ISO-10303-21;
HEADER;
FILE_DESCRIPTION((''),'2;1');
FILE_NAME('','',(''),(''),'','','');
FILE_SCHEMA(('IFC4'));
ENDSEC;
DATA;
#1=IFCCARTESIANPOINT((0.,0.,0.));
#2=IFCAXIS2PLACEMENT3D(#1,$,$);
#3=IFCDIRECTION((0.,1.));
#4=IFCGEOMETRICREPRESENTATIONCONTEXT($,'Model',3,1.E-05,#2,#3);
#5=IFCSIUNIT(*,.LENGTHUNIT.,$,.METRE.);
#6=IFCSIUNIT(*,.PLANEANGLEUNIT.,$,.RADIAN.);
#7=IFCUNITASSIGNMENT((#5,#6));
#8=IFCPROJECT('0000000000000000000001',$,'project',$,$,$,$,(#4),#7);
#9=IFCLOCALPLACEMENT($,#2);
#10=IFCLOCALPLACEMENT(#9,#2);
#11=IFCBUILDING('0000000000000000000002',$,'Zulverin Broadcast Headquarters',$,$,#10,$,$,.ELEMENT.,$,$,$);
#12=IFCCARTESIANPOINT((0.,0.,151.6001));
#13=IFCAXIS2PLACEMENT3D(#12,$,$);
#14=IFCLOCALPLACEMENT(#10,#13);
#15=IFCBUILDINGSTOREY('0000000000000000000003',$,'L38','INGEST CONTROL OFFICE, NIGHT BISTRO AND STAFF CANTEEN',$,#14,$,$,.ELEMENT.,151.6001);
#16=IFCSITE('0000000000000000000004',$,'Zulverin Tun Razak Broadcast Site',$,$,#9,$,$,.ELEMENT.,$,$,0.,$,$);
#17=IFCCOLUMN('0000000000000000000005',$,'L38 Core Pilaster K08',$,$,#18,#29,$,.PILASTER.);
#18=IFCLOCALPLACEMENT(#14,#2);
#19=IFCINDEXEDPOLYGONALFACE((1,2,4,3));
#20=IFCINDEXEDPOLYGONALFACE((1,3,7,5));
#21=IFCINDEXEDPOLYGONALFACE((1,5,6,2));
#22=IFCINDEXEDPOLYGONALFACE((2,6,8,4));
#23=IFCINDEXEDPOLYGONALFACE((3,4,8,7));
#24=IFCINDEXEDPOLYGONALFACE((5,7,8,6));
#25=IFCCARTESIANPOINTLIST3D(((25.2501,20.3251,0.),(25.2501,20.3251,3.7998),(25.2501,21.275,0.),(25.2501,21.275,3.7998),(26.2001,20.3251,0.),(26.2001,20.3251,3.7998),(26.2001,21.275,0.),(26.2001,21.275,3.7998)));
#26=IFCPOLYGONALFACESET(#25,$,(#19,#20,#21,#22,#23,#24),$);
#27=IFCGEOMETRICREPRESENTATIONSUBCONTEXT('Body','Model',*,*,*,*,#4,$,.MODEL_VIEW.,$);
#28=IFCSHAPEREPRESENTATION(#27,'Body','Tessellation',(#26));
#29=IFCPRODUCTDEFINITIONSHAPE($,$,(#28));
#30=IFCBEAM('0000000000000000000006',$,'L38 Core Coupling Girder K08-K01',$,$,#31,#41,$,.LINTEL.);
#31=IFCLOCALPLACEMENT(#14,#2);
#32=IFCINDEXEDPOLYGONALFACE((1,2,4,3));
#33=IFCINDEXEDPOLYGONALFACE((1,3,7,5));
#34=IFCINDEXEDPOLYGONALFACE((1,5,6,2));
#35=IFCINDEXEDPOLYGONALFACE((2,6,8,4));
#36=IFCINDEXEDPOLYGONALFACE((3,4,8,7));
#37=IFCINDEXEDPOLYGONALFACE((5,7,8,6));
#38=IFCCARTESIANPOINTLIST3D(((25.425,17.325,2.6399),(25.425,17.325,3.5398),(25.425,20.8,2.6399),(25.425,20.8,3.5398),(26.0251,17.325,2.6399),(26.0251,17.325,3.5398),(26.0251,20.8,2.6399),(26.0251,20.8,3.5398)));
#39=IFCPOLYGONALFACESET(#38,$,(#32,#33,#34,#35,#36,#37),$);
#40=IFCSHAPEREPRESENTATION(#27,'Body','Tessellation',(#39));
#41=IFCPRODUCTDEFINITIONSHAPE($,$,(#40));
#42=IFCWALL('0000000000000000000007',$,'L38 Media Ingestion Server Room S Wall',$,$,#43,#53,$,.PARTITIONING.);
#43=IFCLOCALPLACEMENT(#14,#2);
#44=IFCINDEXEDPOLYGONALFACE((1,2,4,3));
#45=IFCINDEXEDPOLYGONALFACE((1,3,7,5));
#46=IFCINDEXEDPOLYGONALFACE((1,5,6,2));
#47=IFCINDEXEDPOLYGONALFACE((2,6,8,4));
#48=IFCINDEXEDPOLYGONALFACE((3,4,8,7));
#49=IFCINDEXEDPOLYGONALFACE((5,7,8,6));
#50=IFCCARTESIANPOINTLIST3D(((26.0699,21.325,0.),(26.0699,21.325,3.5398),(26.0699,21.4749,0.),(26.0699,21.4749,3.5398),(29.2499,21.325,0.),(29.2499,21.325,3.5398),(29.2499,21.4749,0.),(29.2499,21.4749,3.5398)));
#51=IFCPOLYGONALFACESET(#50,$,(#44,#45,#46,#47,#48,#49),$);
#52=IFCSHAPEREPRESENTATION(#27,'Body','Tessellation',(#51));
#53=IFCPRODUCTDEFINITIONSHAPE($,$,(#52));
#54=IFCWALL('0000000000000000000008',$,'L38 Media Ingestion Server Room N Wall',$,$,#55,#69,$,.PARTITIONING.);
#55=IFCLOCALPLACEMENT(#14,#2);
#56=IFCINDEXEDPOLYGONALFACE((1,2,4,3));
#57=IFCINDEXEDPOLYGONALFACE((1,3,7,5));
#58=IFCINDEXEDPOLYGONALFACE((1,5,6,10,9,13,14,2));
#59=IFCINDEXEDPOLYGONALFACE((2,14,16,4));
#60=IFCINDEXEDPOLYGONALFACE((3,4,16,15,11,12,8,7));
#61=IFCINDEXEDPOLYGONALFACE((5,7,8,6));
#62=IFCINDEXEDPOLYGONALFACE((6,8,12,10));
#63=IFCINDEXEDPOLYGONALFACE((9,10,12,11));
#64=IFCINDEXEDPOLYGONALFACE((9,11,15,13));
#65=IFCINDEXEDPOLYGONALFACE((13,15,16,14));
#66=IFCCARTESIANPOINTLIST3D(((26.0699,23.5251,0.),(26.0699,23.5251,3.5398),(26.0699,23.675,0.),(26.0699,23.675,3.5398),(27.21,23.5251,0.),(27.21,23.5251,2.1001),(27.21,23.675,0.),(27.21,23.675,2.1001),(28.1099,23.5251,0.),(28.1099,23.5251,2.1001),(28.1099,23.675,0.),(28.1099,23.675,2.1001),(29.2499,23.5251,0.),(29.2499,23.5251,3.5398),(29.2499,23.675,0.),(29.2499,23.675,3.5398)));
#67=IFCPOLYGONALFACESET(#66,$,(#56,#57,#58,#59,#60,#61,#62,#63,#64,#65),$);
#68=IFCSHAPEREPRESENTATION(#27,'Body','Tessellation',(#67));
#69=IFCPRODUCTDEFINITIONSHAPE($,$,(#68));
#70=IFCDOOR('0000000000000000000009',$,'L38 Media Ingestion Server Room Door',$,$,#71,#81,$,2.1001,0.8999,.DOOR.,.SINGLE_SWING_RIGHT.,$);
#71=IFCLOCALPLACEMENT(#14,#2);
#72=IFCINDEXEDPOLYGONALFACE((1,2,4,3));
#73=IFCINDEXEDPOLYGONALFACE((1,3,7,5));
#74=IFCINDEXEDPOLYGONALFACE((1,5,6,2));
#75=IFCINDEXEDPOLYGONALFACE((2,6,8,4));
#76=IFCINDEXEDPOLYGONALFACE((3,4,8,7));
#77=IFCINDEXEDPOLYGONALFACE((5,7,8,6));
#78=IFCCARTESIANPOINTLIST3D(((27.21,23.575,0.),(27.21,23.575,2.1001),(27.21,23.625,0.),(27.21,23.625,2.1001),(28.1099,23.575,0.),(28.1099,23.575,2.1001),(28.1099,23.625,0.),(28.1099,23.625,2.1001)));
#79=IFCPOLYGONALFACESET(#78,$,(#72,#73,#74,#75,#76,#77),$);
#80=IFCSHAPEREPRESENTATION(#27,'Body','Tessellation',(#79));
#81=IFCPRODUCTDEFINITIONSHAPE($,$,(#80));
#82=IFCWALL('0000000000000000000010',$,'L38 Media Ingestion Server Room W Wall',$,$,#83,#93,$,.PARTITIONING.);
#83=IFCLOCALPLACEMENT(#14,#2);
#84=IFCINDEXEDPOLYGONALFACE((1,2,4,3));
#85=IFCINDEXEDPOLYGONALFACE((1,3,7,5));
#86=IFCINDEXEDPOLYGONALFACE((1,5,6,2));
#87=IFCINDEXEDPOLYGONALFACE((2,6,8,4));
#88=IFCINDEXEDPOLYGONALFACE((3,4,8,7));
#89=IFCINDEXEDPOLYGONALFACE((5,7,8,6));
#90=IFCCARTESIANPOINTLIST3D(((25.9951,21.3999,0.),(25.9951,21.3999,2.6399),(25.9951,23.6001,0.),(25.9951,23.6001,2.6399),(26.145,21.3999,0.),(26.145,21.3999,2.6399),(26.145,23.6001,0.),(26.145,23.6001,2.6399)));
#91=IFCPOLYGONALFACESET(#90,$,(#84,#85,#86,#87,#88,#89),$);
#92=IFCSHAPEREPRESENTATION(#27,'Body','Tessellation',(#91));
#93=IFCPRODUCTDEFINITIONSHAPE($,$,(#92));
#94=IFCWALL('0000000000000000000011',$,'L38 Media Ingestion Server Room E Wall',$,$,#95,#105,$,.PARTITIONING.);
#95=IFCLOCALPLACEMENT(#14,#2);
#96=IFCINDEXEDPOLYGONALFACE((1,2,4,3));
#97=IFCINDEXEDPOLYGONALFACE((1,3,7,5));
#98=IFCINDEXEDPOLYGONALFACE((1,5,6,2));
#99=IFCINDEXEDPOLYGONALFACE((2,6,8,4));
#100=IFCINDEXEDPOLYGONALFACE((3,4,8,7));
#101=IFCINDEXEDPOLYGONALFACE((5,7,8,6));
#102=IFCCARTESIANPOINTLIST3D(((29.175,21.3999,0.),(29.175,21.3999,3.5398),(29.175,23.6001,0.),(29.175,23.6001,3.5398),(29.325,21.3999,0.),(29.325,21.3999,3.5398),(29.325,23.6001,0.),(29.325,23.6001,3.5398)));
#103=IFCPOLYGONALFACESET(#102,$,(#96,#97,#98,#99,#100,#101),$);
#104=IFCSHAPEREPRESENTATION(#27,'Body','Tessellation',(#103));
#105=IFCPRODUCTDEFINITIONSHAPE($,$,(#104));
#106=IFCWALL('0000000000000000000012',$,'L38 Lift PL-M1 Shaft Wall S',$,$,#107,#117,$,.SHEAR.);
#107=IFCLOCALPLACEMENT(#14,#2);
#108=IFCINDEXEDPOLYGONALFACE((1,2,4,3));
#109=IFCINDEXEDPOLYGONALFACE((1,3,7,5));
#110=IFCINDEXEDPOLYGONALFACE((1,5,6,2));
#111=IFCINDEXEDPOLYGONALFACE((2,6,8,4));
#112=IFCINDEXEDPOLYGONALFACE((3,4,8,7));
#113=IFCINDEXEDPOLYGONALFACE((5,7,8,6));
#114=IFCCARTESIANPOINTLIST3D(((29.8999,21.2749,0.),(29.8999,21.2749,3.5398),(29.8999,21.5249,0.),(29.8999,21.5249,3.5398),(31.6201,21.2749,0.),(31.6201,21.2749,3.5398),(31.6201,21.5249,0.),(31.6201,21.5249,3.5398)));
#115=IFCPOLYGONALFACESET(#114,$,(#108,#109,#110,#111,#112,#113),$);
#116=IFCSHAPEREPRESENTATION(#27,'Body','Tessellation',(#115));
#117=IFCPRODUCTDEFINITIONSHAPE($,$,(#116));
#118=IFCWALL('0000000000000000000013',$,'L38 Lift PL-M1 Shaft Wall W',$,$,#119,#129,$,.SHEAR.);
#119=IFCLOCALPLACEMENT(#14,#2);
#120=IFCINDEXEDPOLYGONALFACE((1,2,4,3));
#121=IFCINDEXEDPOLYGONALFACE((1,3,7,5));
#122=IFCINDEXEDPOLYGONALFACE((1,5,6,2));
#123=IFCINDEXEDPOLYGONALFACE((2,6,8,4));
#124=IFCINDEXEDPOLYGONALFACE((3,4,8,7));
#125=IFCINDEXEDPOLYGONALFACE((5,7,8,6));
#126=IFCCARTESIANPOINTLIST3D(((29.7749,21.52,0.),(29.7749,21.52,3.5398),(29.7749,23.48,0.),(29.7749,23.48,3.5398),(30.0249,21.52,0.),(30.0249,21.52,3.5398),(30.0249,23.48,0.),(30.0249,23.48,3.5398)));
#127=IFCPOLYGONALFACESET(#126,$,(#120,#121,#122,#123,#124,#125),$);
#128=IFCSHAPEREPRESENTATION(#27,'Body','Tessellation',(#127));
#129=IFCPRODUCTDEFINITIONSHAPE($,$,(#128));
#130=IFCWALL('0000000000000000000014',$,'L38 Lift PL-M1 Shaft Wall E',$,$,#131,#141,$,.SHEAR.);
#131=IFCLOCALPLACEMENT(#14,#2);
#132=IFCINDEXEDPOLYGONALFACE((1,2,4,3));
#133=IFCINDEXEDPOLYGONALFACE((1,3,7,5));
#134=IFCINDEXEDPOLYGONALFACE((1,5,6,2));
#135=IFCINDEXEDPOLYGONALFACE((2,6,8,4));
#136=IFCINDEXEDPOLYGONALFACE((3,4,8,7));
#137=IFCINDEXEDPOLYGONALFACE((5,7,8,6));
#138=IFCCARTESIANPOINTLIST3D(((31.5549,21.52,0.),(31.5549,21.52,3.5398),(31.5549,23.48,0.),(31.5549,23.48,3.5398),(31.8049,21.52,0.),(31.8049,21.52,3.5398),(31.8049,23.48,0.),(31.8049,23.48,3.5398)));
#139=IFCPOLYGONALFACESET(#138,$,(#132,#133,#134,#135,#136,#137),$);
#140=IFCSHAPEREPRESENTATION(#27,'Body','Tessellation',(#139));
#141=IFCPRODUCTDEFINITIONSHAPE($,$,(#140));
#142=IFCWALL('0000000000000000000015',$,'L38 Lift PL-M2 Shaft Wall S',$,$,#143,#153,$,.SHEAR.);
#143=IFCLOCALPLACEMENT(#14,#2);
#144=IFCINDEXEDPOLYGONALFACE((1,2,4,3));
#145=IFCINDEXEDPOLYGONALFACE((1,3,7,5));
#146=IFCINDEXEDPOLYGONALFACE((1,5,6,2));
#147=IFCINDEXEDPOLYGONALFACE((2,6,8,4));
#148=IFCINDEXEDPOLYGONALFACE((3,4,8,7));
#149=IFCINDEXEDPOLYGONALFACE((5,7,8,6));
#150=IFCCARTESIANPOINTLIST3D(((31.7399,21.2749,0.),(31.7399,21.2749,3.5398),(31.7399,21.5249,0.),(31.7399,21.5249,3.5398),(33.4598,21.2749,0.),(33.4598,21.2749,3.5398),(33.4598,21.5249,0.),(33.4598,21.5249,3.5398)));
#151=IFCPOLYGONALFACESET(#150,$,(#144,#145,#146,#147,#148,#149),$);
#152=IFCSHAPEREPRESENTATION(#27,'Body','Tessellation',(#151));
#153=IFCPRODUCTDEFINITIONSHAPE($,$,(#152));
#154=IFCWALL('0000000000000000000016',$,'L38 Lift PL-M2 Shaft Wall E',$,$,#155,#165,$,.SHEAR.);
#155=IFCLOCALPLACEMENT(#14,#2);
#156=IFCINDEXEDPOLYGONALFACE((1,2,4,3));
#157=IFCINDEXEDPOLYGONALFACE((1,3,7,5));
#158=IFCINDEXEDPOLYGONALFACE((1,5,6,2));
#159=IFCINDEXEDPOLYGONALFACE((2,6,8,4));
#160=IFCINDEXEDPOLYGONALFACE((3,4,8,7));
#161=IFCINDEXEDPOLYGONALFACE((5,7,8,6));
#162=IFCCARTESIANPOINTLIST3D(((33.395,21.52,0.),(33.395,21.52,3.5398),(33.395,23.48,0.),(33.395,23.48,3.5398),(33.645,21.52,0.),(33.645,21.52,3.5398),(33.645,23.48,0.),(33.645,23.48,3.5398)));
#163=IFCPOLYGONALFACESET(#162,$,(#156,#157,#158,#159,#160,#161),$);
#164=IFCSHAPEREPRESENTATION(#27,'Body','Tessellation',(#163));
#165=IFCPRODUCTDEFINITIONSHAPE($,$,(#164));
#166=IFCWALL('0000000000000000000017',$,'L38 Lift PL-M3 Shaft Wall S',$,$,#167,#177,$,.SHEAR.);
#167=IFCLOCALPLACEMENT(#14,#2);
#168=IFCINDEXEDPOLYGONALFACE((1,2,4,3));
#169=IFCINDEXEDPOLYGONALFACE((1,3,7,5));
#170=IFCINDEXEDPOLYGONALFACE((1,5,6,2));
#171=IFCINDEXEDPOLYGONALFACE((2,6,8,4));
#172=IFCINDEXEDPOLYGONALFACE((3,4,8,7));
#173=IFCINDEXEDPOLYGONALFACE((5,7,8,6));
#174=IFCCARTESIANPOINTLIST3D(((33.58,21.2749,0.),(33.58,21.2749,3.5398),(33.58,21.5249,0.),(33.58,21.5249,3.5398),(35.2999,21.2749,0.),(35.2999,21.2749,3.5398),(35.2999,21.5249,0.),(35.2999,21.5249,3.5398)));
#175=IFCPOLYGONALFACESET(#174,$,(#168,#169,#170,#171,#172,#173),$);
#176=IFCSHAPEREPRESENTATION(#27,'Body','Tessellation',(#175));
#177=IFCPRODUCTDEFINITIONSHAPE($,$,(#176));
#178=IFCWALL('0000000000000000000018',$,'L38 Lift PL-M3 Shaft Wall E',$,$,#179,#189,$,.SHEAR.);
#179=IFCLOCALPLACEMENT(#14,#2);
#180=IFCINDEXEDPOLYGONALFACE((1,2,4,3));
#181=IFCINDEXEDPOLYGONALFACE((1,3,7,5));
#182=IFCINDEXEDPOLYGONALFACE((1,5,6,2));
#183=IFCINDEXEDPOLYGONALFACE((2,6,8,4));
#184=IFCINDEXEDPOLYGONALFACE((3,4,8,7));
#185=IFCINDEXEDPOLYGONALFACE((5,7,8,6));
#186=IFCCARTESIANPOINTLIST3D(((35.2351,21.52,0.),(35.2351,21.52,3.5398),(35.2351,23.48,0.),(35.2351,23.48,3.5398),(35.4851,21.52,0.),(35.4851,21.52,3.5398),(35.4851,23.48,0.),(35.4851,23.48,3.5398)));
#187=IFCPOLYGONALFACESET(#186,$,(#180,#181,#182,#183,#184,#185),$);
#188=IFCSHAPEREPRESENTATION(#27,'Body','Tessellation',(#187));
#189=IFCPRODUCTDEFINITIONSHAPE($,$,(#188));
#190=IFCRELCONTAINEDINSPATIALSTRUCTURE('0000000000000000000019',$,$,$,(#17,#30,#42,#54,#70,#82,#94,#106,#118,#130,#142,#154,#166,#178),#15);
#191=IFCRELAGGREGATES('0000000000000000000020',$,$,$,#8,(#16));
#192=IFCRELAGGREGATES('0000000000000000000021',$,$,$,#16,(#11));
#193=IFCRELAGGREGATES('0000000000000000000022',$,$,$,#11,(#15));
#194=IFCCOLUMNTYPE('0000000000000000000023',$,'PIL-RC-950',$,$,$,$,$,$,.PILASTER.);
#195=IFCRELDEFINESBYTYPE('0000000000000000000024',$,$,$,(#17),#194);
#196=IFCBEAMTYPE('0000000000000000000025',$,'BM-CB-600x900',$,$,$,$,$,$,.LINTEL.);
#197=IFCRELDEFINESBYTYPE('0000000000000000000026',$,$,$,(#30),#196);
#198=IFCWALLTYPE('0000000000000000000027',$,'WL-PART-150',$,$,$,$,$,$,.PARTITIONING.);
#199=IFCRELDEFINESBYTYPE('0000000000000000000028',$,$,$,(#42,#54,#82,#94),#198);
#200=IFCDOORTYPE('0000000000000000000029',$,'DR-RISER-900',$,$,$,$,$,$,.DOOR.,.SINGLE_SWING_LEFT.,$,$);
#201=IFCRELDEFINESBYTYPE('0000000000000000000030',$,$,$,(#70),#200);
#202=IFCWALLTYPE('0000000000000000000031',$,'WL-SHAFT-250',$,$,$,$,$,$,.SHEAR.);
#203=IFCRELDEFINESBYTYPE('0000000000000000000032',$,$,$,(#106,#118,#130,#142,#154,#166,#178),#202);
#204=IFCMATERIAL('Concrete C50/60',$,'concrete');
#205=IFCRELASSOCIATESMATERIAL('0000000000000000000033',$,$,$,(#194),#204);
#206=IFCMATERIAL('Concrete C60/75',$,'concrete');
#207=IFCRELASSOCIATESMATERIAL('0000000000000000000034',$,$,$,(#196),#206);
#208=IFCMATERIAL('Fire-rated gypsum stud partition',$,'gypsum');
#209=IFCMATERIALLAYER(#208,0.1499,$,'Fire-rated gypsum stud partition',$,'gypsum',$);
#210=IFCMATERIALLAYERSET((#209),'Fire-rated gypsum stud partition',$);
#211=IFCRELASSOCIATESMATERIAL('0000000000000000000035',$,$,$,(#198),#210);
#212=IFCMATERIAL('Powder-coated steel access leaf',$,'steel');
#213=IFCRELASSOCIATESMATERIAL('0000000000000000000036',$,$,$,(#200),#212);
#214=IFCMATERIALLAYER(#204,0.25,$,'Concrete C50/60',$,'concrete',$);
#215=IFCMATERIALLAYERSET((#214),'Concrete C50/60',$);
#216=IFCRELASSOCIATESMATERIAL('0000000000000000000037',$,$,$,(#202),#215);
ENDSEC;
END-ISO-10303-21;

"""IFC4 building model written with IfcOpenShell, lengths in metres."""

from ifc_helpers import new_model, si_unit, direction, frame, frame_2d, origin, origin_2d, place, context, subcontext, project, spatial, rectangle, extrude, material, layer, layer_set, material_profile, profile_set, type_object, element, fill, save


model = new_model("IFC4")

# Units and contexts
model_context = context("Model", 3, precision=1e-05, world=origin(), true_north=direction((0.0, 1.0)))
body_context = subcontext(model_context, "Body", "Model", "MODEL_VIEW")
ifc_project = project(units=[si_unit("LENGTHUNIT", "METRE"), si_unit("PLANEANGLEUNIT", "RADIAN")], contexts=[model_context])

# Site, building, storey
site_placement = place(None, origin())
site = spatial("IfcSite", under=ifc_project, at=site_placement, Name="Zulverin Tun Razak Broadcast Site", CompositionType="ELEMENT", RefElevation=0.0)
building_placement = place(site_placement, origin())
building = spatial("IfcBuilding", under=site, at=building_placement, Name="Zulverin Broadcast Headquarters", CompositionType="ELEMENT")
storey_placement = place(building_placement, frame((0.0, 0.0, 151.6001)))
storey = spatial("IfcBuildingStorey", under=building, at=storey_placement, Name="L38", Description="INGEST CONTROL OFFICE, NIGHT BISTRO AND STAFF CANTEEN", CompositionType="ELEMENT", Elevation=151.6001)

# Column
ifc_material_1 = material(Name="Concrete C50/60", Category="concrete")
ifc_material_profile_1 = material_profile(ifc_material_1, rectangle(XDim=0.95, YDim=0.95, at=origin_2d()), Name="Concrete C50/60", Category="concrete")
ifc_profile_set_1 = profile_set([ifc_material_profile_1], Name="Concrete C50/60")
column_type = type_object("IfcColumnType", Name="PIL-RC-950", PredefinedType="PILASTER", material=ifc_profile_set_1)
column_placement = place(storey_placement, frame((25.7251, 20.8, 0.0), z_axis=(0.0, 0.0, 1.0), x_axis=(1.0, 0.0, 0.0)))
element("IfcColumn", 1, at=column_placement, inside=storey, type_object=column_type, Name="L38 Core Pilaster K08", PredefinedType="PILASTER", context=body_context, shape_type="SweptSolid", body=[
    extrude(rectangle(XDim=0.95, YDim=0.95, at=origin_2d()), origin(), (0.0, 0.0, 1.0), 3.7998),
])

# Beam
ifc_material_2 = material(Name="Concrete C60/75", Category="concrete")
ifc_material_profile_2 = material_profile(ifc_material_2, rectangle(XDim=0.6001, YDim=0.8999, at=origin_2d()), Name="Concrete C60/75", Category="concrete")
ifc_profile_set_2 = profile_set([ifc_material_profile_2], Name="Concrete C60/75")
beam_type = type_object("IfcBeamType", Name="BM-CB-600x900", PredefinedType="LINTEL", material=ifc_profile_set_2)
beam_placement = place(storey_placement, frame((25.7251, 20.8, 3.0898), z_axis=(0.0, -1.0, 0.0), x_axis=(1.0, 0.0, 0.0)))
element("IfcBeam", 2, at=beam_placement, inside=storey, type_object=beam_type, Name="L38 Core Coupling Girder K08-K01", PredefinedType="LINTEL", context=body_context, shape_type="SweptSolid", body=[
    extrude(rectangle(XDim=0.6001, YDim=0.8999, at=origin_2d()), origin(), (0.0, 0.0, 1.0), 3.4751),
])

# Wall
ifc_material_3 = material(Name="Fire-rated gypsum stud partition", Category="gypsum")
ifc_layer_1 = layer(ifc_material_3, 0.1499, Name="Fire-rated gypsum stud partition", Category="gypsum")
ifc_layer_set_1 = layer_set([ifc_layer_1], Name="Fire-rated gypsum stud partition")
wall_type_1 = type_object("IfcWallType", Name="WL-PART-150", PredefinedType="PARTITIONING", material=ifc_layer_set_1)
wall_1_placement = place(storey_placement, frame((26.0701, 21.3999, 0.0), z_axis=(0.0, 0.0, 1.0), x_axis=(1.0, 0.0, 0.0)))
element("IfcWall", 3, at=wall_1_placement, inside=storey, type_object=wall_type_1, Name="L38 Media Ingestion Server Room S Wall", PredefinedType="PARTITIONING", context=body_context, shape_type="SweptSolid", body=[
    extrude(rectangle(XDim=3.1799, YDim=0.1499, at=frame_2d((1.5898, 0.0))), origin(), (0.0, 0.0, 1.0), 3.5398),
])

# Wall, opening, door
wall_2_placement = place(storey_placement, frame((26.0701, 23.6001, 0.0), z_axis=(0.0, 0.0, 1.0), x_axis=(1.0, 0.0, 0.0)))
wall_2 = element("IfcWall", 4, at=wall_2_placement, inside=storey, type_object=wall_type_1, Name="L38 Media Ingestion Server Room N Wall", PredefinedType="PARTITIONING", context=body_context, shape_type="SweptSolid", body=[
    extrude(rectangle(XDim=3.1799, YDim=0.1499, at=frame_2d((1.5898, 0.0))), origin(), (0.0, 0.0, 1.0), 3.5398),
])
opening_1_placement = place(wall_2_placement, frame((1.1399, 0.0, 0.0)))
opening_1 = element("IfcOpeningElement", 5, at=opening_1_placement, cuts=wall_2, PredefinedType="OPENING", context=body_context, shape_type="SweptSolid", body=[
    extrude(rectangle(XDim=0.8999, YDim=2.1001, at=frame_2d((0.45, 1.05))), frame((0.0, 0.085, 0.0), z_axis=(0.0, -1.0, 0.0), x_axis=(1.0, 0.0, 0.0)), (0.0, 0.0, 1.0), 0.1699),
])
ifc_material_4 = material(Name="Powder-coated steel access leaf", Category="steel")
door_type_1 = type_object("IfcDoorType", Name="DR-RISER-900", OperationType="SINGLE_SWING_LEFT", PredefinedType="DOOR", material=ifc_material_4)
door_1_placement = place(opening_1_placement, origin())
door_1 = element("IfcDoor", 6, at=door_1_placement, inside=storey, type_object=door_type_1, Name="L38 Media Ingestion Server Room Door", OperationType="SINGLE_SWING_RIGHT", OverallHeight=2.1001, OverallWidth=0.8999, PredefinedType="DOOR", context=body_context, shape_type="SweptSolid", body=[
    extrude(rectangle(XDim=0.8999, YDim=2.1001, at=frame_2d((0.45, 1.05))), frame((0.0, 0.0249, 0.0), z_axis=(0.0, -1.0, 0.0), x_axis=(1.0, 0.0, 0.0)), (0.0, 0.0, 1.0), 0.05),
])
fill(opening_1, door_1)

# Walls
wall_3_placement = place(storey_placement, frame((26.0701, 21.3999, 0.0), z_axis=(0.0, 0.0, 1.0), x_axis=(0.0, 1.0, 0.0)))
element("IfcWall", 7, at=wall_3_placement, inside=storey, type_object=wall_type_1, Name="L38 Media Ingestion Server Room W Wall", PredefinedType="PARTITIONING", context=body_context, shape_type="SweptSolid", body=[
    extrude(rectangle(XDim=2.2002, YDim=0.1499, at=frame_2d((1.1001, 0.0))), origin(), (0.0, 0.0, 1.0), 2.6399),
])
wall_4_placement = place(storey_placement, frame((29.25, 21.3999, 0.0), z_axis=(0.0, 0.0, 1.0), x_axis=(0.0, 1.0, 0.0)))
element("IfcWall", 8, at=wall_4_placement, inside=storey, type_object=wall_type_1, Name="L38 Media Ingestion Server Room E Wall", PredefinedType="PARTITIONING", context=body_context, shape_type="SweptSolid", body=[
    extrude(rectangle(XDim=2.2002, YDim=0.1499, at=frame_2d((1.1001, 0.0))), origin(), (0.0, 0.0, 1.0), 3.5398),
])
ifc_layer_2 = layer(ifc_material_1, 0.25, Name="Concrete C50/60", Category="concrete")
ifc_layer_set_2 = layer_set([ifc_layer_2], Name="Concrete C50/60")
wall_type_2 = type_object("IfcWallType", Name="WL-SHAFT-250", PredefinedType="SHEAR", material=ifc_layer_set_2)
wall_5_placement = place(storey_placement, frame((29.8999, 21.3999, 0.0), z_axis=(0.0, 0.0, 1.0), x_axis=(1.0, 0.0, 0.0)))
element("IfcWall", 9, at=wall_5_placement, inside=storey, type_object=wall_type_2, Name="L38 Lift PL-M1 Shaft Wall S", PredefinedType="SHEAR", context=body_context, shape_type="SweptSolid", body=[
    extrude(rectangle(XDim=1.7202, YDim=0.25, at=frame_2d((0.8601, 0.0))), origin(), (0.0, 0.0, 1.0), 3.5398),
])

# Walls
for number, where, z_axis, x_axis, name in (
    (10, (29.8999, 21.52, 0.0), (0.0, 0.0, 1.0), (0.0, 1.0, 0.0), "L38 Lift PL-M1 Shaft Wall W"),
    (11, (31.6799, 21.52, 0.0), (0.0, 0.0, 1.0), (0.0, 1.0, 0.0), "L38 Lift PL-M1 Shaft Wall E"),
):
    element("IfcWall", number, at=place(storey_placement, frame(where, z_axis=z_axis, x_axis=x_axis)), inside=storey, type_object=wall_type_2, Name=name, PredefinedType="SHEAR", context=body_context, shape_type="SweptSolid", body=[
        extrude(rectangle(XDim=1.96, YDim=0.25, at=frame_2d((0.98, 0.0))), origin(), (0.0, 0.0, 1.0), 3.5398),
    ])
wall_6_placement = place(storey_placement, frame((31.74, 21.3999, 0.0), z_axis=(0.0, 0.0, 1.0), x_axis=(1.0, 0.0, 0.0)))
element("IfcWall", 12, at=wall_6_placement, inside=storey, type_object=wall_type_2, Name="L38 Lift PL-M2 Shaft Wall S", PredefinedType="SHEAR", context=body_context, shape_type="SweptSolid", body=[
    extrude(rectangle(XDim=1.72, YDim=0.25, at=frame_2d((0.8599, 0.0))), origin(), (0.0, 0.0, 1.0), 3.5398),
])

# Walls
wall_7_placement = place(storey_placement, frame((33.52, 21.52, 0.0), z_axis=(0.0, 0.0, 1.0), x_axis=(0.0, 1.0, 0.0)))
element("IfcWall", 13, at=wall_7_placement, inside=storey, type_object=wall_type_2, Name="L38 Lift PL-M2 Shaft Wall E", PredefinedType="SHEAR", context=body_context, shape_type="SweptSolid", body=[
    extrude(rectangle(XDim=1.96, YDim=0.25, at=frame_2d((0.98, 0.0))), origin(), (0.0, 0.0, 1.0), 3.5398),
])
wall_8_placement = place(storey_placement, frame((33.5801, 21.3999, 0.0), z_axis=(0.0, 0.0, 1.0), x_axis=(1.0, 0.0, 0.0)))
element("IfcWall", 14, at=wall_8_placement, inside=storey, type_object=wall_type_2, Name="L38 Lift PL-M3 Shaft Wall S", PredefinedType="SHEAR", context=body_context, shape_type="SweptSolid", body=[
    extrude(rectangle(XDim=1.72, YDim=0.25, at=frame_2d((0.8599, 0.0))), origin(), (0.0, 0.0, 1.0), 3.5398),
])
wall_9_placement = place(storey_placement, frame((35.3601, 21.52, 0.0), z_axis=(0.0, 0.0, 1.0), x_axis=(0.0, 1.0, 0.0)))
element("IfcWall", 15, at=wall_9_placement, inside=storey, type_object=wall_type_2, Name="L38 Lift PL-M3 Shaft Wall E", PredefinedType="SHEAR", context=body_context, shape_type="SweptSolid", body=[
    extrude(rectangle(XDim=1.96, YDim=0.25, at=frame_2d((0.98, 0.0))), origin(), (0.0, 0.0, 1.0), 3.5398),
])

save(model, "model.ifc")
